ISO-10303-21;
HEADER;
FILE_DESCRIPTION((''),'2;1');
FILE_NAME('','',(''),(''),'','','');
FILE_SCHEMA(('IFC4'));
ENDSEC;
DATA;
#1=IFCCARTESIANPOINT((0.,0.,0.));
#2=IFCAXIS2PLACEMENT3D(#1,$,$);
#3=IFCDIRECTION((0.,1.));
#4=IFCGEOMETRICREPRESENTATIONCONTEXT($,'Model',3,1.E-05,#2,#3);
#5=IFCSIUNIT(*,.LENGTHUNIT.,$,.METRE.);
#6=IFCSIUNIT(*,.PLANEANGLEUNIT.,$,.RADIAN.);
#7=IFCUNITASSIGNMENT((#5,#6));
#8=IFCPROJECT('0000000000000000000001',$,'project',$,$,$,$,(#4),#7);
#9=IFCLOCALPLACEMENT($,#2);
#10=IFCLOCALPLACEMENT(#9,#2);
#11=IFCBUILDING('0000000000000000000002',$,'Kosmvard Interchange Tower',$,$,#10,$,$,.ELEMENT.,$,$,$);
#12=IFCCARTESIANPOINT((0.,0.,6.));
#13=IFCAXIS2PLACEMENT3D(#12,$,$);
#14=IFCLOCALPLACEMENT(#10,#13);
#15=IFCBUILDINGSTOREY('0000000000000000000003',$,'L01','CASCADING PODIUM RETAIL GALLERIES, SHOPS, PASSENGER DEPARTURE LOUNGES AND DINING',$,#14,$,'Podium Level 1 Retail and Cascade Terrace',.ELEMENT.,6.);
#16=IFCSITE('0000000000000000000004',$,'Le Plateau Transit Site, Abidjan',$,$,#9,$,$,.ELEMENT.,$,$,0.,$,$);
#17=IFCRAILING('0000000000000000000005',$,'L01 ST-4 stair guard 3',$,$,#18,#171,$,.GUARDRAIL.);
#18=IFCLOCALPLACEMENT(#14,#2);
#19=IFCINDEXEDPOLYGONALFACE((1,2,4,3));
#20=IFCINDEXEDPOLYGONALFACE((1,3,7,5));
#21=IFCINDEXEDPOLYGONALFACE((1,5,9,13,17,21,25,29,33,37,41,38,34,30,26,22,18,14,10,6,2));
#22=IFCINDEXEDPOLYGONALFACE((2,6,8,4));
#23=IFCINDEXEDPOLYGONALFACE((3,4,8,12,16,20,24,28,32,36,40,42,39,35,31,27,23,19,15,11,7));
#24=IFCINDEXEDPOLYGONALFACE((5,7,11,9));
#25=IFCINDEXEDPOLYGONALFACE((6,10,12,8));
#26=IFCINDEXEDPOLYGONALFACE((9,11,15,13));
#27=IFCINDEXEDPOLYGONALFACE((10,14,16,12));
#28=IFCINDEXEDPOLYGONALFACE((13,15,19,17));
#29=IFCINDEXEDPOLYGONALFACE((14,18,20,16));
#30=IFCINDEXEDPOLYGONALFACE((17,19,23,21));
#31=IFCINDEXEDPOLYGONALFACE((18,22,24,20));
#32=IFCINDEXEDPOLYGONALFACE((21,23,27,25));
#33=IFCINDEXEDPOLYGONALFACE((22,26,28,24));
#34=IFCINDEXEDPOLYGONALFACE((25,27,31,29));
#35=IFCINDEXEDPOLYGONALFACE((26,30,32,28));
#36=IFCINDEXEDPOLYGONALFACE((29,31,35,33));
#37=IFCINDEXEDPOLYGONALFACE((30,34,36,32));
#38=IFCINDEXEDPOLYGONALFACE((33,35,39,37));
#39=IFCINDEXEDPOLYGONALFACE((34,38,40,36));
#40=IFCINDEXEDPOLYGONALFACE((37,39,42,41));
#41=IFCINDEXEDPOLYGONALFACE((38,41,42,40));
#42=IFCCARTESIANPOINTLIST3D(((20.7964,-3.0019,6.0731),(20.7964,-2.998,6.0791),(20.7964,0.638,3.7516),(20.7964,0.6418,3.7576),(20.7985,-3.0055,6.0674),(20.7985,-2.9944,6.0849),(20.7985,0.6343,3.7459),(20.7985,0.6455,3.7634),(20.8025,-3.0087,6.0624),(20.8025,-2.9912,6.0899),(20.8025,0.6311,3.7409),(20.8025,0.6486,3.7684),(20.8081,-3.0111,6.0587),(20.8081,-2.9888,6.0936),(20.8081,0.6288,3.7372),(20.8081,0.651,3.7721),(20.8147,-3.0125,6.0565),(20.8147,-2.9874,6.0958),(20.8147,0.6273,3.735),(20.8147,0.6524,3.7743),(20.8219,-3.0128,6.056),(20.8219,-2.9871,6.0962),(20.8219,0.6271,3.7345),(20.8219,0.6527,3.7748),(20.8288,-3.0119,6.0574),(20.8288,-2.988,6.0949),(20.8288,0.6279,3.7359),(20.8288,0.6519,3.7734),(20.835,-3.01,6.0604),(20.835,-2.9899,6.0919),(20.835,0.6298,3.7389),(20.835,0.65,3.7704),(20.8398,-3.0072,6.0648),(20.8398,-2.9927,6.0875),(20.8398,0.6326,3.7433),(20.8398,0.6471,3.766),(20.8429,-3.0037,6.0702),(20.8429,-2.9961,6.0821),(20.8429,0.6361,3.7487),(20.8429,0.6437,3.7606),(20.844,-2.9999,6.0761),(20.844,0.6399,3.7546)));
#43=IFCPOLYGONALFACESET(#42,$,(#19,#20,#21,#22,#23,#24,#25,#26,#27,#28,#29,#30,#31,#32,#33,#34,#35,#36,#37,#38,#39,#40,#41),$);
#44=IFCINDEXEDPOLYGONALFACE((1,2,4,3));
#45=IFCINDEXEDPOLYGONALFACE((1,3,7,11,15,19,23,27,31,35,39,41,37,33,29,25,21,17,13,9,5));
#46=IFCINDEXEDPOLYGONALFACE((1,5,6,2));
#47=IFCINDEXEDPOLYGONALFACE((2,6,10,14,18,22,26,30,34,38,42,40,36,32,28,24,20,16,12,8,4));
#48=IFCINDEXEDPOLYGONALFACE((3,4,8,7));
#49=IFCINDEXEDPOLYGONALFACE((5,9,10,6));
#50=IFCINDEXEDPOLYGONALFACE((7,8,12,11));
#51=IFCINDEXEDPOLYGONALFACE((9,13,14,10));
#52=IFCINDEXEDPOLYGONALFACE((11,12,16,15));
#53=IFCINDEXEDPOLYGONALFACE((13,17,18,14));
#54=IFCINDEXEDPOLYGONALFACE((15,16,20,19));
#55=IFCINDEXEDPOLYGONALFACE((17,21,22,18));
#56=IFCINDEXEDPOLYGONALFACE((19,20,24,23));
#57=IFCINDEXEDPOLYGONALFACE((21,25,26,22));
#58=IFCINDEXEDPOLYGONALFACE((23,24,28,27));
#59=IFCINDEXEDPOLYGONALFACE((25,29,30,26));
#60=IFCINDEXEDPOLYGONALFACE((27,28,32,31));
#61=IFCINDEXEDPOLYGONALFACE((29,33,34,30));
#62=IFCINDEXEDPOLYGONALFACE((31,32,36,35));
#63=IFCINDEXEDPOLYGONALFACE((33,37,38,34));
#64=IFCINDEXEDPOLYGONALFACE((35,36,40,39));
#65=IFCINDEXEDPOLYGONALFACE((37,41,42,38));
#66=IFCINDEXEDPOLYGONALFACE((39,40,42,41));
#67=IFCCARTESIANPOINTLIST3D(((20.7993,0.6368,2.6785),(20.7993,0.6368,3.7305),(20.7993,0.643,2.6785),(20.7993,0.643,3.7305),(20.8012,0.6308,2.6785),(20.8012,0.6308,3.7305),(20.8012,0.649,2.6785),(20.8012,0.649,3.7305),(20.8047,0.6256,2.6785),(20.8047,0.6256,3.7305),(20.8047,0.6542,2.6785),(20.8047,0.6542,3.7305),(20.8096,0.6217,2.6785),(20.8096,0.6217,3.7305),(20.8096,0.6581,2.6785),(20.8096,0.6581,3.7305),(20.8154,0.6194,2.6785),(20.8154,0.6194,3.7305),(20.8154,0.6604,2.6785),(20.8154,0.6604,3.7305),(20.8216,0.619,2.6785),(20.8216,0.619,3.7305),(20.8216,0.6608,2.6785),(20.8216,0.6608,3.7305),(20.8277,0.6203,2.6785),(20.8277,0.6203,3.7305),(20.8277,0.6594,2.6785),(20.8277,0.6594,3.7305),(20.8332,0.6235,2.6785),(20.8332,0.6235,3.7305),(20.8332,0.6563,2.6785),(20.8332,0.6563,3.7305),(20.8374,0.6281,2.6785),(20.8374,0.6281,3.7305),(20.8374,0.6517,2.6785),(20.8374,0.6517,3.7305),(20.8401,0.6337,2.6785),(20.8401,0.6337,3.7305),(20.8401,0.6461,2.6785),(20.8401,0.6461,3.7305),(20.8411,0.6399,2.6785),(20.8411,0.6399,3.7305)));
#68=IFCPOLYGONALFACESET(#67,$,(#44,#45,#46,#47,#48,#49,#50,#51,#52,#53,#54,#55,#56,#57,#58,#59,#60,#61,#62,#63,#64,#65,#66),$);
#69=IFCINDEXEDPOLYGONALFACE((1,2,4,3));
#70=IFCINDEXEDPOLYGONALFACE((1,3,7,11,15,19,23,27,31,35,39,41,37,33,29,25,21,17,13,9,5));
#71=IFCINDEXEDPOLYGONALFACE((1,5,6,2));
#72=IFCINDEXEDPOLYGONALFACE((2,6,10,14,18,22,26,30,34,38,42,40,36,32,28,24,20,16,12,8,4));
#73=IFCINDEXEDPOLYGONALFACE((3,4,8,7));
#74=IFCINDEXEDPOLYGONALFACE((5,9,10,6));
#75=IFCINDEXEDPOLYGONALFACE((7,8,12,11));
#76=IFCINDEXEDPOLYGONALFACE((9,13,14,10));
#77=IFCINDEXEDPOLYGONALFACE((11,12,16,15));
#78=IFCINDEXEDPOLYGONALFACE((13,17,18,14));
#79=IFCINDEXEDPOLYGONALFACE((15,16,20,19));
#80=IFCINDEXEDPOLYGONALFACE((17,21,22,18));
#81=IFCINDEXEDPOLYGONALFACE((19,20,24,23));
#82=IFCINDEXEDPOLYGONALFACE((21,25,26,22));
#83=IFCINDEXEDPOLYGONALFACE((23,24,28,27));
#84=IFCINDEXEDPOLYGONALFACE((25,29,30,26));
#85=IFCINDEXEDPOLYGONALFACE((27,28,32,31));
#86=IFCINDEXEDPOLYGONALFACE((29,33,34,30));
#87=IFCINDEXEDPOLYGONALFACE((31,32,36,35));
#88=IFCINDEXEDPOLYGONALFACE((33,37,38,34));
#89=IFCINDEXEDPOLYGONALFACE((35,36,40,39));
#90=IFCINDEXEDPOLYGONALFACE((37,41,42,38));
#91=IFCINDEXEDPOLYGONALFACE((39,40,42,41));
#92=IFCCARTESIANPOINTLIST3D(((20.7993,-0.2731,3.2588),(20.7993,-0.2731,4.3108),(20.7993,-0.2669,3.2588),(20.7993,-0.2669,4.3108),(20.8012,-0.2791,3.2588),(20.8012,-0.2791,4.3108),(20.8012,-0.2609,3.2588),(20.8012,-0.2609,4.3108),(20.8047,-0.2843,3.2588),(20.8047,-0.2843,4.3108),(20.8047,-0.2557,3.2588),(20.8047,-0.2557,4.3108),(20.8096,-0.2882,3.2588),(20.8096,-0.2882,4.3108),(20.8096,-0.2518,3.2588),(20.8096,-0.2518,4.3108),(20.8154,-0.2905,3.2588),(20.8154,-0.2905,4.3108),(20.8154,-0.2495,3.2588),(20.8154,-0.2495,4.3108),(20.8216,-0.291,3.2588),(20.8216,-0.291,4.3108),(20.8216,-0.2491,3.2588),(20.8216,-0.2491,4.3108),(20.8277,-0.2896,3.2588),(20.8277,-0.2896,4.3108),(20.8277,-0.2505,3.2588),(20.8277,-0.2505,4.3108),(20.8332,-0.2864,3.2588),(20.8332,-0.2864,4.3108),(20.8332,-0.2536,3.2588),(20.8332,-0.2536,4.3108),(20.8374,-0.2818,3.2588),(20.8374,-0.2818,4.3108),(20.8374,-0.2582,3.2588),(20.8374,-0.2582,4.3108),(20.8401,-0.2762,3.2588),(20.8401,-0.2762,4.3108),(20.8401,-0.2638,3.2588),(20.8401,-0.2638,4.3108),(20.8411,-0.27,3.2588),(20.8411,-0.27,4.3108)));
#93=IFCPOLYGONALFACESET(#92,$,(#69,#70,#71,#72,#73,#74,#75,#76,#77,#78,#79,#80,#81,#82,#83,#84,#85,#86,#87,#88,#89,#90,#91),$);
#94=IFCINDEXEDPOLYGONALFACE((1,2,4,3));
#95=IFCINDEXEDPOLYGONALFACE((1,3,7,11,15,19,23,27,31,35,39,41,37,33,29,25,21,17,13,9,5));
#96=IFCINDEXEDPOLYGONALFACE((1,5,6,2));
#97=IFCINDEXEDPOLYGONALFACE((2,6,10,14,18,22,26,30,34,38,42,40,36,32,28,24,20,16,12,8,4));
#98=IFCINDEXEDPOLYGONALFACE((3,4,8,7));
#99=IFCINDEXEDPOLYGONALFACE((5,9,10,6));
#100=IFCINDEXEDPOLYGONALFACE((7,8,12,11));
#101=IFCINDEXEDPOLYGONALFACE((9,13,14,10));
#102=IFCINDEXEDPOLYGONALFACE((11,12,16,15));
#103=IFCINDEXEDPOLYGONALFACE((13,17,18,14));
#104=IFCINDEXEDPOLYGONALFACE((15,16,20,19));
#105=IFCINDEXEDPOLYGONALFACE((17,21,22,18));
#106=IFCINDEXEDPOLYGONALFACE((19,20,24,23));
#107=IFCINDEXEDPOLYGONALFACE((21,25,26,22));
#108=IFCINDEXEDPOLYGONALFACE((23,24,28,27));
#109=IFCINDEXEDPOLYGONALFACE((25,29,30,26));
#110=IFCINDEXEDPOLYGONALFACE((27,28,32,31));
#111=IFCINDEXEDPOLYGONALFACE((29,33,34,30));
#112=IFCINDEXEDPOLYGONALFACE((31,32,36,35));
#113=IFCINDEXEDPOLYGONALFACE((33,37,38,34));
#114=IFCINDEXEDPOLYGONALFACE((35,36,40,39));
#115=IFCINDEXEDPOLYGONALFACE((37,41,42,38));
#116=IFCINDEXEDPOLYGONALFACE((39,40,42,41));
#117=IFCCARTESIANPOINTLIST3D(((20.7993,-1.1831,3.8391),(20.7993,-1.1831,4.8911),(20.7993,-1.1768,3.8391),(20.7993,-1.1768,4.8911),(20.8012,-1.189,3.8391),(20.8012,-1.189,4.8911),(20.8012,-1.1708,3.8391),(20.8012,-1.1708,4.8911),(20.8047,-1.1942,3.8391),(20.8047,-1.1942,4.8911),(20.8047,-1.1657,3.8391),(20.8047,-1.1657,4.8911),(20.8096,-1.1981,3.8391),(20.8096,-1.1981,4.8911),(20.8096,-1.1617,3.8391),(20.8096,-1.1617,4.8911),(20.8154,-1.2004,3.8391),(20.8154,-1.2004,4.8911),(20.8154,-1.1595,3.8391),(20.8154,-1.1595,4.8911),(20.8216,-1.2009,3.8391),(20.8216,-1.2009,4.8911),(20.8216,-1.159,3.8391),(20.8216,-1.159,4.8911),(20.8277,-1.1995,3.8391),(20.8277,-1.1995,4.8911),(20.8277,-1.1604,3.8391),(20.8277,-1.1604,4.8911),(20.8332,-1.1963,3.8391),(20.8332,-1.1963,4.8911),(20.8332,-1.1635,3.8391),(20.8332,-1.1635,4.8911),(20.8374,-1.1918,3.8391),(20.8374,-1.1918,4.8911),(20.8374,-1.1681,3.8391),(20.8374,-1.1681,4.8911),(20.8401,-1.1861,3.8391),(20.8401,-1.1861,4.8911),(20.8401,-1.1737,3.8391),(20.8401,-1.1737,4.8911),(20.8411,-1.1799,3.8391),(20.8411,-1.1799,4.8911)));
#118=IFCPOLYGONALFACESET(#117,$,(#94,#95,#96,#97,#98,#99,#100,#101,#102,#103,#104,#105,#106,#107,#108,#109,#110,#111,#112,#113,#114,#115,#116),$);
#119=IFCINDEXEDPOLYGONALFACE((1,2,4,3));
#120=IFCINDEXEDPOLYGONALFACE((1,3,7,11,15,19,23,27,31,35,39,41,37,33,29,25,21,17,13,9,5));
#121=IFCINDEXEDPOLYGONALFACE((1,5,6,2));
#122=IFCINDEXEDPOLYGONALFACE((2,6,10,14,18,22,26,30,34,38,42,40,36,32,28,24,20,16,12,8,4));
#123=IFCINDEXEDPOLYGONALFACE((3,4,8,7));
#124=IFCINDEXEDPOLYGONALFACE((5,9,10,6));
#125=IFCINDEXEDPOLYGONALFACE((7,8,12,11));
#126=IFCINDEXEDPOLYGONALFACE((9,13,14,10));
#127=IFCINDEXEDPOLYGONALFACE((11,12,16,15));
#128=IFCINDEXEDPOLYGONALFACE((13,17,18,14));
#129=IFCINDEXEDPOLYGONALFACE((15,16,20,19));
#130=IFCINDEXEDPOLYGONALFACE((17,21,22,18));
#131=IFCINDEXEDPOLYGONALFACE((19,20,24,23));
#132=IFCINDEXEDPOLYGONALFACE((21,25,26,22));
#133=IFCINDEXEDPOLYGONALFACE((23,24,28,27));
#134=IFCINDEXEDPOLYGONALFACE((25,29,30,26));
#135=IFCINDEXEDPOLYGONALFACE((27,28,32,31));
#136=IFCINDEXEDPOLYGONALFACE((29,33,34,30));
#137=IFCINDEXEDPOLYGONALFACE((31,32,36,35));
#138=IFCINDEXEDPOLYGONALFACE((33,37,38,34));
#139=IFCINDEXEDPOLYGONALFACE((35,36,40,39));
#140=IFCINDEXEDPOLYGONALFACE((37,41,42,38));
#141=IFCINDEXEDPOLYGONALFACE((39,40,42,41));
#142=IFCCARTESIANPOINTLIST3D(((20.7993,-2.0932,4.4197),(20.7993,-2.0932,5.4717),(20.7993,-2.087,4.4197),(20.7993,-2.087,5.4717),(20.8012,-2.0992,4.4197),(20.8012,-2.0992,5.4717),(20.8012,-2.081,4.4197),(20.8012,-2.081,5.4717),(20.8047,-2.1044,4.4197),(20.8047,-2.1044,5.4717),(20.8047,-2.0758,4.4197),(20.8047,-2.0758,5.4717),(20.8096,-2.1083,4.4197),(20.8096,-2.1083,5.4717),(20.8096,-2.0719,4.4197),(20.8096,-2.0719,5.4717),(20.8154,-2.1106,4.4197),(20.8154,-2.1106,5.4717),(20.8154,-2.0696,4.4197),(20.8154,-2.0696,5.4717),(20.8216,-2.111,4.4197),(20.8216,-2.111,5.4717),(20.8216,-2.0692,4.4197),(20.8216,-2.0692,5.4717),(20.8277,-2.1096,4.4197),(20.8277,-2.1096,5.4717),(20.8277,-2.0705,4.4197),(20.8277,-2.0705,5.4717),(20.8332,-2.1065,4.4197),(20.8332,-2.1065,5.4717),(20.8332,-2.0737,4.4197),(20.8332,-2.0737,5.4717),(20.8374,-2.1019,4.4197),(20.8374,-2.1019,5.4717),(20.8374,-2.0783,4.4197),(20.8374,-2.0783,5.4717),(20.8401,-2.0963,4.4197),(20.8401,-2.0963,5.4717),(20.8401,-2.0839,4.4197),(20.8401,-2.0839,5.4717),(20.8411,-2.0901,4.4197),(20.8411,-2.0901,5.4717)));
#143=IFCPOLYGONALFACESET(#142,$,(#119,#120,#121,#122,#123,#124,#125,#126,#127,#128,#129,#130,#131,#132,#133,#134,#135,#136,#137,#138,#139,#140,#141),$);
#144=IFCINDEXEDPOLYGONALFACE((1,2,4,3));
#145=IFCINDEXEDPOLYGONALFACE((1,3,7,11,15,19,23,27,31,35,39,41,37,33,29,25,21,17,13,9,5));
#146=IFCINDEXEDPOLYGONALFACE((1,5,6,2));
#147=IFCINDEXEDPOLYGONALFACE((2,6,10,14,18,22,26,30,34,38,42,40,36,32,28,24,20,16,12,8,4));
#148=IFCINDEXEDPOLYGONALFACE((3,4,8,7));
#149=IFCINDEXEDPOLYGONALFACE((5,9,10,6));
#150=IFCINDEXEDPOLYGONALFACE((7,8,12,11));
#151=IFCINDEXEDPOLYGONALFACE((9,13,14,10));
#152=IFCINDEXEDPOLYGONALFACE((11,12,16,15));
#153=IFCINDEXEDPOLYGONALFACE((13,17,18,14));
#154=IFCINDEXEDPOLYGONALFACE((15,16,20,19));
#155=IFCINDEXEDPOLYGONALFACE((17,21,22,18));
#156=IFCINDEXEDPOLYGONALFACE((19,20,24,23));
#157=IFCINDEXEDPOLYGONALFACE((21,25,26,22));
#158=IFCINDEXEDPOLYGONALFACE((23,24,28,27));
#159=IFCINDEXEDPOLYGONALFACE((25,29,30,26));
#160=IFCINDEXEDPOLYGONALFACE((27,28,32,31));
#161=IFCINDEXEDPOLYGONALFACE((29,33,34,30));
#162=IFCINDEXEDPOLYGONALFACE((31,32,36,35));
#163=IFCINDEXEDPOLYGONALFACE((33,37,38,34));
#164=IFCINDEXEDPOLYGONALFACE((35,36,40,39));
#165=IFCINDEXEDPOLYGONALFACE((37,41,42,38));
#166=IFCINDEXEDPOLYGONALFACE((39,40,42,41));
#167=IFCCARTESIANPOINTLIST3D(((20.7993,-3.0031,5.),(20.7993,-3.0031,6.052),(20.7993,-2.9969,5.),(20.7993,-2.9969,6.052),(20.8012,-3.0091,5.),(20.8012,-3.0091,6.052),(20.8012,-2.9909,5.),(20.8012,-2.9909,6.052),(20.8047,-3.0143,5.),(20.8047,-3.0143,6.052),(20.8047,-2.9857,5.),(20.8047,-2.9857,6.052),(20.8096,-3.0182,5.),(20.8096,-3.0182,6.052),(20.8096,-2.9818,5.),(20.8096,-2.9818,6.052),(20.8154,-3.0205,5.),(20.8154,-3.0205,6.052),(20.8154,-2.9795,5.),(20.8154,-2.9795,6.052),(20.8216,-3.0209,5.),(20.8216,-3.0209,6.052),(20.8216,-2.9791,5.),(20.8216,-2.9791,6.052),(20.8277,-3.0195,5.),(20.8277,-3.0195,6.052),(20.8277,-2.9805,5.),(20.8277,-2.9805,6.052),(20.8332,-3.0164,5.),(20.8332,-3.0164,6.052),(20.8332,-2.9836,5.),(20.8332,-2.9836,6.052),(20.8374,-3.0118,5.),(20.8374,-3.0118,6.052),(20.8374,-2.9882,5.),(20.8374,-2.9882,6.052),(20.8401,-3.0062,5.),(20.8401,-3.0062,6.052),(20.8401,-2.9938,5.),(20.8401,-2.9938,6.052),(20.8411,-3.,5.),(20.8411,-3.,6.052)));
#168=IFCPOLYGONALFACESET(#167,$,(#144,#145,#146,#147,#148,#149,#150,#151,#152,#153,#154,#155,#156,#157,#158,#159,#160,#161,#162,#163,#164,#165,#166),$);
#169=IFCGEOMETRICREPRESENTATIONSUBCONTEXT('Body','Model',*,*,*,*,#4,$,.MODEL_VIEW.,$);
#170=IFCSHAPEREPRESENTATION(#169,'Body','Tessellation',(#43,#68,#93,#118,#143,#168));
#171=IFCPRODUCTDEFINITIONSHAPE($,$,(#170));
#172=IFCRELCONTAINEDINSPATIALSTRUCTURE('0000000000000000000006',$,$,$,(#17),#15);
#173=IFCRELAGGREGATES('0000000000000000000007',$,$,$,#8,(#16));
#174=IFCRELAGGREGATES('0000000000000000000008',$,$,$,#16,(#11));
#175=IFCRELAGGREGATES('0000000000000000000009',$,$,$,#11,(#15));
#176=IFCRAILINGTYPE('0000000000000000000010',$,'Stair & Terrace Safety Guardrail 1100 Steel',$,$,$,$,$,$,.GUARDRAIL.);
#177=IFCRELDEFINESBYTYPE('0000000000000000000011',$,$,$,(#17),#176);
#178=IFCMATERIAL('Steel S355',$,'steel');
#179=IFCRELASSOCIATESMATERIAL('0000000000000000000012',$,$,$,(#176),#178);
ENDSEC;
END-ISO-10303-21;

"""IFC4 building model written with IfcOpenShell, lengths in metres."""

from ifc_helpers import new_model, si_unit, direction, frame, origin, origin_2d, place, context, subcontext, project, spatial, circle, extrude, source, transform, mapped, material, type_object, element, save


model = new_model("IFC4")

# Units and contexts
model_context = context("Model", 3, precision=1e-05, world=origin(), true_north=direction((0.0, 1.0)))
body_context = subcontext(model_context, "Body", "Model", "MODEL_VIEW")
ifc_project = project(units=[si_unit("LENGTHUNIT", "METRE"), si_unit("PLANEANGLEUNIT", "RADIAN")], contexts=[model_context])

# Site, building, storey
site_placement = place(None, origin())
site = spatial("IfcSite", under=ifc_project, at=site_placement, Name="Le Plateau Transit Site, Abidjan", CompositionType="ELEMENT", RefElevation=0.0)
building_placement = place(site_placement, origin())
building = spatial("IfcBuilding", under=site, at=building_placement, Name="Kosmvard Interchange Tower", CompositionType="ELEMENT")
storey_placement = place(building_placement, frame((0.0, 0.0, 6.0)))
storey = spatial("IfcBuildingStorey", under=building, at=storey_placement, Name="L01", Description="CASCADING PODIUM RETAIL GALLERIES, SHOPS, PASSENGER DEPARTURE LOUNGES AND DINING", LongName="Podium Level 1 Retail and Cascade Terrace", CompositionType="ELEMENT", Elevation=6.0)

# Shared definitions
ifc_material_1 = material(Name="Steel S355", Category="steel")

# Railing
railing_type_1 = type_object("IfcRailingType", Name="Stair & Terrace Safety Guardrail 1100 Steel", PredefinedType="GUARDRAIL", material=ifc_material_1)
shared_shape_1 = source(origin(), body_context, "Body", "SweptSolid", [
    extrude(circle(Radius=0.0239, at=origin_2d()), frame((0.0, 0.0, 1.0762), z_axis=(0.0, -0.843112, 0.537739), x_axis=(1.0, 0.0, 0.0)), (0.0, 0.0, 1.0), 4.3171),
    extrude(circle(Radius=0.021, at=origin_2d()), origin(), (0.0, 0.0, 1.0), 1.052),
    extrude(circle(Radius=0.021, at=origin_2d()), frame((0.0, -0.9099, 0.5803)), (0.0, 0.0, 1.0), 1.052),
    extrude(circle(Radius=0.021, at=origin_2d()), frame((0.0, -1.8198, 1.1606)), (0.0, 0.0, 1.0), 1.052),
    extrude(circle(Radius=0.021, at=origin_2d()), frame((0.0, -2.73, 1.7412)), (0.0, 0.0, 1.0), 1.052),
    extrude(circle(Radius=0.021, at=origin_2d()), frame((0.0, -3.6399, 2.3215)), (0.0, 0.0, 1.0), 1.052),
])
railing_1_placement = place(storey_placement, frame((20.8201, 0.6399, 2.6785)))
element("IfcRailing", 1, at=railing_1_placement, inside=storey, type_object=railing_type_1, Name="L01 ST-4 stair guard 3", PredefinedType="GUARDRAIL", context=body_context, shape_type="MappedRepresentation", body=[
    mapped(shared_shape_1, transform((0.0, 0.0, 0.0), scale=1.0)),
])

save(model, "model.ifc")
